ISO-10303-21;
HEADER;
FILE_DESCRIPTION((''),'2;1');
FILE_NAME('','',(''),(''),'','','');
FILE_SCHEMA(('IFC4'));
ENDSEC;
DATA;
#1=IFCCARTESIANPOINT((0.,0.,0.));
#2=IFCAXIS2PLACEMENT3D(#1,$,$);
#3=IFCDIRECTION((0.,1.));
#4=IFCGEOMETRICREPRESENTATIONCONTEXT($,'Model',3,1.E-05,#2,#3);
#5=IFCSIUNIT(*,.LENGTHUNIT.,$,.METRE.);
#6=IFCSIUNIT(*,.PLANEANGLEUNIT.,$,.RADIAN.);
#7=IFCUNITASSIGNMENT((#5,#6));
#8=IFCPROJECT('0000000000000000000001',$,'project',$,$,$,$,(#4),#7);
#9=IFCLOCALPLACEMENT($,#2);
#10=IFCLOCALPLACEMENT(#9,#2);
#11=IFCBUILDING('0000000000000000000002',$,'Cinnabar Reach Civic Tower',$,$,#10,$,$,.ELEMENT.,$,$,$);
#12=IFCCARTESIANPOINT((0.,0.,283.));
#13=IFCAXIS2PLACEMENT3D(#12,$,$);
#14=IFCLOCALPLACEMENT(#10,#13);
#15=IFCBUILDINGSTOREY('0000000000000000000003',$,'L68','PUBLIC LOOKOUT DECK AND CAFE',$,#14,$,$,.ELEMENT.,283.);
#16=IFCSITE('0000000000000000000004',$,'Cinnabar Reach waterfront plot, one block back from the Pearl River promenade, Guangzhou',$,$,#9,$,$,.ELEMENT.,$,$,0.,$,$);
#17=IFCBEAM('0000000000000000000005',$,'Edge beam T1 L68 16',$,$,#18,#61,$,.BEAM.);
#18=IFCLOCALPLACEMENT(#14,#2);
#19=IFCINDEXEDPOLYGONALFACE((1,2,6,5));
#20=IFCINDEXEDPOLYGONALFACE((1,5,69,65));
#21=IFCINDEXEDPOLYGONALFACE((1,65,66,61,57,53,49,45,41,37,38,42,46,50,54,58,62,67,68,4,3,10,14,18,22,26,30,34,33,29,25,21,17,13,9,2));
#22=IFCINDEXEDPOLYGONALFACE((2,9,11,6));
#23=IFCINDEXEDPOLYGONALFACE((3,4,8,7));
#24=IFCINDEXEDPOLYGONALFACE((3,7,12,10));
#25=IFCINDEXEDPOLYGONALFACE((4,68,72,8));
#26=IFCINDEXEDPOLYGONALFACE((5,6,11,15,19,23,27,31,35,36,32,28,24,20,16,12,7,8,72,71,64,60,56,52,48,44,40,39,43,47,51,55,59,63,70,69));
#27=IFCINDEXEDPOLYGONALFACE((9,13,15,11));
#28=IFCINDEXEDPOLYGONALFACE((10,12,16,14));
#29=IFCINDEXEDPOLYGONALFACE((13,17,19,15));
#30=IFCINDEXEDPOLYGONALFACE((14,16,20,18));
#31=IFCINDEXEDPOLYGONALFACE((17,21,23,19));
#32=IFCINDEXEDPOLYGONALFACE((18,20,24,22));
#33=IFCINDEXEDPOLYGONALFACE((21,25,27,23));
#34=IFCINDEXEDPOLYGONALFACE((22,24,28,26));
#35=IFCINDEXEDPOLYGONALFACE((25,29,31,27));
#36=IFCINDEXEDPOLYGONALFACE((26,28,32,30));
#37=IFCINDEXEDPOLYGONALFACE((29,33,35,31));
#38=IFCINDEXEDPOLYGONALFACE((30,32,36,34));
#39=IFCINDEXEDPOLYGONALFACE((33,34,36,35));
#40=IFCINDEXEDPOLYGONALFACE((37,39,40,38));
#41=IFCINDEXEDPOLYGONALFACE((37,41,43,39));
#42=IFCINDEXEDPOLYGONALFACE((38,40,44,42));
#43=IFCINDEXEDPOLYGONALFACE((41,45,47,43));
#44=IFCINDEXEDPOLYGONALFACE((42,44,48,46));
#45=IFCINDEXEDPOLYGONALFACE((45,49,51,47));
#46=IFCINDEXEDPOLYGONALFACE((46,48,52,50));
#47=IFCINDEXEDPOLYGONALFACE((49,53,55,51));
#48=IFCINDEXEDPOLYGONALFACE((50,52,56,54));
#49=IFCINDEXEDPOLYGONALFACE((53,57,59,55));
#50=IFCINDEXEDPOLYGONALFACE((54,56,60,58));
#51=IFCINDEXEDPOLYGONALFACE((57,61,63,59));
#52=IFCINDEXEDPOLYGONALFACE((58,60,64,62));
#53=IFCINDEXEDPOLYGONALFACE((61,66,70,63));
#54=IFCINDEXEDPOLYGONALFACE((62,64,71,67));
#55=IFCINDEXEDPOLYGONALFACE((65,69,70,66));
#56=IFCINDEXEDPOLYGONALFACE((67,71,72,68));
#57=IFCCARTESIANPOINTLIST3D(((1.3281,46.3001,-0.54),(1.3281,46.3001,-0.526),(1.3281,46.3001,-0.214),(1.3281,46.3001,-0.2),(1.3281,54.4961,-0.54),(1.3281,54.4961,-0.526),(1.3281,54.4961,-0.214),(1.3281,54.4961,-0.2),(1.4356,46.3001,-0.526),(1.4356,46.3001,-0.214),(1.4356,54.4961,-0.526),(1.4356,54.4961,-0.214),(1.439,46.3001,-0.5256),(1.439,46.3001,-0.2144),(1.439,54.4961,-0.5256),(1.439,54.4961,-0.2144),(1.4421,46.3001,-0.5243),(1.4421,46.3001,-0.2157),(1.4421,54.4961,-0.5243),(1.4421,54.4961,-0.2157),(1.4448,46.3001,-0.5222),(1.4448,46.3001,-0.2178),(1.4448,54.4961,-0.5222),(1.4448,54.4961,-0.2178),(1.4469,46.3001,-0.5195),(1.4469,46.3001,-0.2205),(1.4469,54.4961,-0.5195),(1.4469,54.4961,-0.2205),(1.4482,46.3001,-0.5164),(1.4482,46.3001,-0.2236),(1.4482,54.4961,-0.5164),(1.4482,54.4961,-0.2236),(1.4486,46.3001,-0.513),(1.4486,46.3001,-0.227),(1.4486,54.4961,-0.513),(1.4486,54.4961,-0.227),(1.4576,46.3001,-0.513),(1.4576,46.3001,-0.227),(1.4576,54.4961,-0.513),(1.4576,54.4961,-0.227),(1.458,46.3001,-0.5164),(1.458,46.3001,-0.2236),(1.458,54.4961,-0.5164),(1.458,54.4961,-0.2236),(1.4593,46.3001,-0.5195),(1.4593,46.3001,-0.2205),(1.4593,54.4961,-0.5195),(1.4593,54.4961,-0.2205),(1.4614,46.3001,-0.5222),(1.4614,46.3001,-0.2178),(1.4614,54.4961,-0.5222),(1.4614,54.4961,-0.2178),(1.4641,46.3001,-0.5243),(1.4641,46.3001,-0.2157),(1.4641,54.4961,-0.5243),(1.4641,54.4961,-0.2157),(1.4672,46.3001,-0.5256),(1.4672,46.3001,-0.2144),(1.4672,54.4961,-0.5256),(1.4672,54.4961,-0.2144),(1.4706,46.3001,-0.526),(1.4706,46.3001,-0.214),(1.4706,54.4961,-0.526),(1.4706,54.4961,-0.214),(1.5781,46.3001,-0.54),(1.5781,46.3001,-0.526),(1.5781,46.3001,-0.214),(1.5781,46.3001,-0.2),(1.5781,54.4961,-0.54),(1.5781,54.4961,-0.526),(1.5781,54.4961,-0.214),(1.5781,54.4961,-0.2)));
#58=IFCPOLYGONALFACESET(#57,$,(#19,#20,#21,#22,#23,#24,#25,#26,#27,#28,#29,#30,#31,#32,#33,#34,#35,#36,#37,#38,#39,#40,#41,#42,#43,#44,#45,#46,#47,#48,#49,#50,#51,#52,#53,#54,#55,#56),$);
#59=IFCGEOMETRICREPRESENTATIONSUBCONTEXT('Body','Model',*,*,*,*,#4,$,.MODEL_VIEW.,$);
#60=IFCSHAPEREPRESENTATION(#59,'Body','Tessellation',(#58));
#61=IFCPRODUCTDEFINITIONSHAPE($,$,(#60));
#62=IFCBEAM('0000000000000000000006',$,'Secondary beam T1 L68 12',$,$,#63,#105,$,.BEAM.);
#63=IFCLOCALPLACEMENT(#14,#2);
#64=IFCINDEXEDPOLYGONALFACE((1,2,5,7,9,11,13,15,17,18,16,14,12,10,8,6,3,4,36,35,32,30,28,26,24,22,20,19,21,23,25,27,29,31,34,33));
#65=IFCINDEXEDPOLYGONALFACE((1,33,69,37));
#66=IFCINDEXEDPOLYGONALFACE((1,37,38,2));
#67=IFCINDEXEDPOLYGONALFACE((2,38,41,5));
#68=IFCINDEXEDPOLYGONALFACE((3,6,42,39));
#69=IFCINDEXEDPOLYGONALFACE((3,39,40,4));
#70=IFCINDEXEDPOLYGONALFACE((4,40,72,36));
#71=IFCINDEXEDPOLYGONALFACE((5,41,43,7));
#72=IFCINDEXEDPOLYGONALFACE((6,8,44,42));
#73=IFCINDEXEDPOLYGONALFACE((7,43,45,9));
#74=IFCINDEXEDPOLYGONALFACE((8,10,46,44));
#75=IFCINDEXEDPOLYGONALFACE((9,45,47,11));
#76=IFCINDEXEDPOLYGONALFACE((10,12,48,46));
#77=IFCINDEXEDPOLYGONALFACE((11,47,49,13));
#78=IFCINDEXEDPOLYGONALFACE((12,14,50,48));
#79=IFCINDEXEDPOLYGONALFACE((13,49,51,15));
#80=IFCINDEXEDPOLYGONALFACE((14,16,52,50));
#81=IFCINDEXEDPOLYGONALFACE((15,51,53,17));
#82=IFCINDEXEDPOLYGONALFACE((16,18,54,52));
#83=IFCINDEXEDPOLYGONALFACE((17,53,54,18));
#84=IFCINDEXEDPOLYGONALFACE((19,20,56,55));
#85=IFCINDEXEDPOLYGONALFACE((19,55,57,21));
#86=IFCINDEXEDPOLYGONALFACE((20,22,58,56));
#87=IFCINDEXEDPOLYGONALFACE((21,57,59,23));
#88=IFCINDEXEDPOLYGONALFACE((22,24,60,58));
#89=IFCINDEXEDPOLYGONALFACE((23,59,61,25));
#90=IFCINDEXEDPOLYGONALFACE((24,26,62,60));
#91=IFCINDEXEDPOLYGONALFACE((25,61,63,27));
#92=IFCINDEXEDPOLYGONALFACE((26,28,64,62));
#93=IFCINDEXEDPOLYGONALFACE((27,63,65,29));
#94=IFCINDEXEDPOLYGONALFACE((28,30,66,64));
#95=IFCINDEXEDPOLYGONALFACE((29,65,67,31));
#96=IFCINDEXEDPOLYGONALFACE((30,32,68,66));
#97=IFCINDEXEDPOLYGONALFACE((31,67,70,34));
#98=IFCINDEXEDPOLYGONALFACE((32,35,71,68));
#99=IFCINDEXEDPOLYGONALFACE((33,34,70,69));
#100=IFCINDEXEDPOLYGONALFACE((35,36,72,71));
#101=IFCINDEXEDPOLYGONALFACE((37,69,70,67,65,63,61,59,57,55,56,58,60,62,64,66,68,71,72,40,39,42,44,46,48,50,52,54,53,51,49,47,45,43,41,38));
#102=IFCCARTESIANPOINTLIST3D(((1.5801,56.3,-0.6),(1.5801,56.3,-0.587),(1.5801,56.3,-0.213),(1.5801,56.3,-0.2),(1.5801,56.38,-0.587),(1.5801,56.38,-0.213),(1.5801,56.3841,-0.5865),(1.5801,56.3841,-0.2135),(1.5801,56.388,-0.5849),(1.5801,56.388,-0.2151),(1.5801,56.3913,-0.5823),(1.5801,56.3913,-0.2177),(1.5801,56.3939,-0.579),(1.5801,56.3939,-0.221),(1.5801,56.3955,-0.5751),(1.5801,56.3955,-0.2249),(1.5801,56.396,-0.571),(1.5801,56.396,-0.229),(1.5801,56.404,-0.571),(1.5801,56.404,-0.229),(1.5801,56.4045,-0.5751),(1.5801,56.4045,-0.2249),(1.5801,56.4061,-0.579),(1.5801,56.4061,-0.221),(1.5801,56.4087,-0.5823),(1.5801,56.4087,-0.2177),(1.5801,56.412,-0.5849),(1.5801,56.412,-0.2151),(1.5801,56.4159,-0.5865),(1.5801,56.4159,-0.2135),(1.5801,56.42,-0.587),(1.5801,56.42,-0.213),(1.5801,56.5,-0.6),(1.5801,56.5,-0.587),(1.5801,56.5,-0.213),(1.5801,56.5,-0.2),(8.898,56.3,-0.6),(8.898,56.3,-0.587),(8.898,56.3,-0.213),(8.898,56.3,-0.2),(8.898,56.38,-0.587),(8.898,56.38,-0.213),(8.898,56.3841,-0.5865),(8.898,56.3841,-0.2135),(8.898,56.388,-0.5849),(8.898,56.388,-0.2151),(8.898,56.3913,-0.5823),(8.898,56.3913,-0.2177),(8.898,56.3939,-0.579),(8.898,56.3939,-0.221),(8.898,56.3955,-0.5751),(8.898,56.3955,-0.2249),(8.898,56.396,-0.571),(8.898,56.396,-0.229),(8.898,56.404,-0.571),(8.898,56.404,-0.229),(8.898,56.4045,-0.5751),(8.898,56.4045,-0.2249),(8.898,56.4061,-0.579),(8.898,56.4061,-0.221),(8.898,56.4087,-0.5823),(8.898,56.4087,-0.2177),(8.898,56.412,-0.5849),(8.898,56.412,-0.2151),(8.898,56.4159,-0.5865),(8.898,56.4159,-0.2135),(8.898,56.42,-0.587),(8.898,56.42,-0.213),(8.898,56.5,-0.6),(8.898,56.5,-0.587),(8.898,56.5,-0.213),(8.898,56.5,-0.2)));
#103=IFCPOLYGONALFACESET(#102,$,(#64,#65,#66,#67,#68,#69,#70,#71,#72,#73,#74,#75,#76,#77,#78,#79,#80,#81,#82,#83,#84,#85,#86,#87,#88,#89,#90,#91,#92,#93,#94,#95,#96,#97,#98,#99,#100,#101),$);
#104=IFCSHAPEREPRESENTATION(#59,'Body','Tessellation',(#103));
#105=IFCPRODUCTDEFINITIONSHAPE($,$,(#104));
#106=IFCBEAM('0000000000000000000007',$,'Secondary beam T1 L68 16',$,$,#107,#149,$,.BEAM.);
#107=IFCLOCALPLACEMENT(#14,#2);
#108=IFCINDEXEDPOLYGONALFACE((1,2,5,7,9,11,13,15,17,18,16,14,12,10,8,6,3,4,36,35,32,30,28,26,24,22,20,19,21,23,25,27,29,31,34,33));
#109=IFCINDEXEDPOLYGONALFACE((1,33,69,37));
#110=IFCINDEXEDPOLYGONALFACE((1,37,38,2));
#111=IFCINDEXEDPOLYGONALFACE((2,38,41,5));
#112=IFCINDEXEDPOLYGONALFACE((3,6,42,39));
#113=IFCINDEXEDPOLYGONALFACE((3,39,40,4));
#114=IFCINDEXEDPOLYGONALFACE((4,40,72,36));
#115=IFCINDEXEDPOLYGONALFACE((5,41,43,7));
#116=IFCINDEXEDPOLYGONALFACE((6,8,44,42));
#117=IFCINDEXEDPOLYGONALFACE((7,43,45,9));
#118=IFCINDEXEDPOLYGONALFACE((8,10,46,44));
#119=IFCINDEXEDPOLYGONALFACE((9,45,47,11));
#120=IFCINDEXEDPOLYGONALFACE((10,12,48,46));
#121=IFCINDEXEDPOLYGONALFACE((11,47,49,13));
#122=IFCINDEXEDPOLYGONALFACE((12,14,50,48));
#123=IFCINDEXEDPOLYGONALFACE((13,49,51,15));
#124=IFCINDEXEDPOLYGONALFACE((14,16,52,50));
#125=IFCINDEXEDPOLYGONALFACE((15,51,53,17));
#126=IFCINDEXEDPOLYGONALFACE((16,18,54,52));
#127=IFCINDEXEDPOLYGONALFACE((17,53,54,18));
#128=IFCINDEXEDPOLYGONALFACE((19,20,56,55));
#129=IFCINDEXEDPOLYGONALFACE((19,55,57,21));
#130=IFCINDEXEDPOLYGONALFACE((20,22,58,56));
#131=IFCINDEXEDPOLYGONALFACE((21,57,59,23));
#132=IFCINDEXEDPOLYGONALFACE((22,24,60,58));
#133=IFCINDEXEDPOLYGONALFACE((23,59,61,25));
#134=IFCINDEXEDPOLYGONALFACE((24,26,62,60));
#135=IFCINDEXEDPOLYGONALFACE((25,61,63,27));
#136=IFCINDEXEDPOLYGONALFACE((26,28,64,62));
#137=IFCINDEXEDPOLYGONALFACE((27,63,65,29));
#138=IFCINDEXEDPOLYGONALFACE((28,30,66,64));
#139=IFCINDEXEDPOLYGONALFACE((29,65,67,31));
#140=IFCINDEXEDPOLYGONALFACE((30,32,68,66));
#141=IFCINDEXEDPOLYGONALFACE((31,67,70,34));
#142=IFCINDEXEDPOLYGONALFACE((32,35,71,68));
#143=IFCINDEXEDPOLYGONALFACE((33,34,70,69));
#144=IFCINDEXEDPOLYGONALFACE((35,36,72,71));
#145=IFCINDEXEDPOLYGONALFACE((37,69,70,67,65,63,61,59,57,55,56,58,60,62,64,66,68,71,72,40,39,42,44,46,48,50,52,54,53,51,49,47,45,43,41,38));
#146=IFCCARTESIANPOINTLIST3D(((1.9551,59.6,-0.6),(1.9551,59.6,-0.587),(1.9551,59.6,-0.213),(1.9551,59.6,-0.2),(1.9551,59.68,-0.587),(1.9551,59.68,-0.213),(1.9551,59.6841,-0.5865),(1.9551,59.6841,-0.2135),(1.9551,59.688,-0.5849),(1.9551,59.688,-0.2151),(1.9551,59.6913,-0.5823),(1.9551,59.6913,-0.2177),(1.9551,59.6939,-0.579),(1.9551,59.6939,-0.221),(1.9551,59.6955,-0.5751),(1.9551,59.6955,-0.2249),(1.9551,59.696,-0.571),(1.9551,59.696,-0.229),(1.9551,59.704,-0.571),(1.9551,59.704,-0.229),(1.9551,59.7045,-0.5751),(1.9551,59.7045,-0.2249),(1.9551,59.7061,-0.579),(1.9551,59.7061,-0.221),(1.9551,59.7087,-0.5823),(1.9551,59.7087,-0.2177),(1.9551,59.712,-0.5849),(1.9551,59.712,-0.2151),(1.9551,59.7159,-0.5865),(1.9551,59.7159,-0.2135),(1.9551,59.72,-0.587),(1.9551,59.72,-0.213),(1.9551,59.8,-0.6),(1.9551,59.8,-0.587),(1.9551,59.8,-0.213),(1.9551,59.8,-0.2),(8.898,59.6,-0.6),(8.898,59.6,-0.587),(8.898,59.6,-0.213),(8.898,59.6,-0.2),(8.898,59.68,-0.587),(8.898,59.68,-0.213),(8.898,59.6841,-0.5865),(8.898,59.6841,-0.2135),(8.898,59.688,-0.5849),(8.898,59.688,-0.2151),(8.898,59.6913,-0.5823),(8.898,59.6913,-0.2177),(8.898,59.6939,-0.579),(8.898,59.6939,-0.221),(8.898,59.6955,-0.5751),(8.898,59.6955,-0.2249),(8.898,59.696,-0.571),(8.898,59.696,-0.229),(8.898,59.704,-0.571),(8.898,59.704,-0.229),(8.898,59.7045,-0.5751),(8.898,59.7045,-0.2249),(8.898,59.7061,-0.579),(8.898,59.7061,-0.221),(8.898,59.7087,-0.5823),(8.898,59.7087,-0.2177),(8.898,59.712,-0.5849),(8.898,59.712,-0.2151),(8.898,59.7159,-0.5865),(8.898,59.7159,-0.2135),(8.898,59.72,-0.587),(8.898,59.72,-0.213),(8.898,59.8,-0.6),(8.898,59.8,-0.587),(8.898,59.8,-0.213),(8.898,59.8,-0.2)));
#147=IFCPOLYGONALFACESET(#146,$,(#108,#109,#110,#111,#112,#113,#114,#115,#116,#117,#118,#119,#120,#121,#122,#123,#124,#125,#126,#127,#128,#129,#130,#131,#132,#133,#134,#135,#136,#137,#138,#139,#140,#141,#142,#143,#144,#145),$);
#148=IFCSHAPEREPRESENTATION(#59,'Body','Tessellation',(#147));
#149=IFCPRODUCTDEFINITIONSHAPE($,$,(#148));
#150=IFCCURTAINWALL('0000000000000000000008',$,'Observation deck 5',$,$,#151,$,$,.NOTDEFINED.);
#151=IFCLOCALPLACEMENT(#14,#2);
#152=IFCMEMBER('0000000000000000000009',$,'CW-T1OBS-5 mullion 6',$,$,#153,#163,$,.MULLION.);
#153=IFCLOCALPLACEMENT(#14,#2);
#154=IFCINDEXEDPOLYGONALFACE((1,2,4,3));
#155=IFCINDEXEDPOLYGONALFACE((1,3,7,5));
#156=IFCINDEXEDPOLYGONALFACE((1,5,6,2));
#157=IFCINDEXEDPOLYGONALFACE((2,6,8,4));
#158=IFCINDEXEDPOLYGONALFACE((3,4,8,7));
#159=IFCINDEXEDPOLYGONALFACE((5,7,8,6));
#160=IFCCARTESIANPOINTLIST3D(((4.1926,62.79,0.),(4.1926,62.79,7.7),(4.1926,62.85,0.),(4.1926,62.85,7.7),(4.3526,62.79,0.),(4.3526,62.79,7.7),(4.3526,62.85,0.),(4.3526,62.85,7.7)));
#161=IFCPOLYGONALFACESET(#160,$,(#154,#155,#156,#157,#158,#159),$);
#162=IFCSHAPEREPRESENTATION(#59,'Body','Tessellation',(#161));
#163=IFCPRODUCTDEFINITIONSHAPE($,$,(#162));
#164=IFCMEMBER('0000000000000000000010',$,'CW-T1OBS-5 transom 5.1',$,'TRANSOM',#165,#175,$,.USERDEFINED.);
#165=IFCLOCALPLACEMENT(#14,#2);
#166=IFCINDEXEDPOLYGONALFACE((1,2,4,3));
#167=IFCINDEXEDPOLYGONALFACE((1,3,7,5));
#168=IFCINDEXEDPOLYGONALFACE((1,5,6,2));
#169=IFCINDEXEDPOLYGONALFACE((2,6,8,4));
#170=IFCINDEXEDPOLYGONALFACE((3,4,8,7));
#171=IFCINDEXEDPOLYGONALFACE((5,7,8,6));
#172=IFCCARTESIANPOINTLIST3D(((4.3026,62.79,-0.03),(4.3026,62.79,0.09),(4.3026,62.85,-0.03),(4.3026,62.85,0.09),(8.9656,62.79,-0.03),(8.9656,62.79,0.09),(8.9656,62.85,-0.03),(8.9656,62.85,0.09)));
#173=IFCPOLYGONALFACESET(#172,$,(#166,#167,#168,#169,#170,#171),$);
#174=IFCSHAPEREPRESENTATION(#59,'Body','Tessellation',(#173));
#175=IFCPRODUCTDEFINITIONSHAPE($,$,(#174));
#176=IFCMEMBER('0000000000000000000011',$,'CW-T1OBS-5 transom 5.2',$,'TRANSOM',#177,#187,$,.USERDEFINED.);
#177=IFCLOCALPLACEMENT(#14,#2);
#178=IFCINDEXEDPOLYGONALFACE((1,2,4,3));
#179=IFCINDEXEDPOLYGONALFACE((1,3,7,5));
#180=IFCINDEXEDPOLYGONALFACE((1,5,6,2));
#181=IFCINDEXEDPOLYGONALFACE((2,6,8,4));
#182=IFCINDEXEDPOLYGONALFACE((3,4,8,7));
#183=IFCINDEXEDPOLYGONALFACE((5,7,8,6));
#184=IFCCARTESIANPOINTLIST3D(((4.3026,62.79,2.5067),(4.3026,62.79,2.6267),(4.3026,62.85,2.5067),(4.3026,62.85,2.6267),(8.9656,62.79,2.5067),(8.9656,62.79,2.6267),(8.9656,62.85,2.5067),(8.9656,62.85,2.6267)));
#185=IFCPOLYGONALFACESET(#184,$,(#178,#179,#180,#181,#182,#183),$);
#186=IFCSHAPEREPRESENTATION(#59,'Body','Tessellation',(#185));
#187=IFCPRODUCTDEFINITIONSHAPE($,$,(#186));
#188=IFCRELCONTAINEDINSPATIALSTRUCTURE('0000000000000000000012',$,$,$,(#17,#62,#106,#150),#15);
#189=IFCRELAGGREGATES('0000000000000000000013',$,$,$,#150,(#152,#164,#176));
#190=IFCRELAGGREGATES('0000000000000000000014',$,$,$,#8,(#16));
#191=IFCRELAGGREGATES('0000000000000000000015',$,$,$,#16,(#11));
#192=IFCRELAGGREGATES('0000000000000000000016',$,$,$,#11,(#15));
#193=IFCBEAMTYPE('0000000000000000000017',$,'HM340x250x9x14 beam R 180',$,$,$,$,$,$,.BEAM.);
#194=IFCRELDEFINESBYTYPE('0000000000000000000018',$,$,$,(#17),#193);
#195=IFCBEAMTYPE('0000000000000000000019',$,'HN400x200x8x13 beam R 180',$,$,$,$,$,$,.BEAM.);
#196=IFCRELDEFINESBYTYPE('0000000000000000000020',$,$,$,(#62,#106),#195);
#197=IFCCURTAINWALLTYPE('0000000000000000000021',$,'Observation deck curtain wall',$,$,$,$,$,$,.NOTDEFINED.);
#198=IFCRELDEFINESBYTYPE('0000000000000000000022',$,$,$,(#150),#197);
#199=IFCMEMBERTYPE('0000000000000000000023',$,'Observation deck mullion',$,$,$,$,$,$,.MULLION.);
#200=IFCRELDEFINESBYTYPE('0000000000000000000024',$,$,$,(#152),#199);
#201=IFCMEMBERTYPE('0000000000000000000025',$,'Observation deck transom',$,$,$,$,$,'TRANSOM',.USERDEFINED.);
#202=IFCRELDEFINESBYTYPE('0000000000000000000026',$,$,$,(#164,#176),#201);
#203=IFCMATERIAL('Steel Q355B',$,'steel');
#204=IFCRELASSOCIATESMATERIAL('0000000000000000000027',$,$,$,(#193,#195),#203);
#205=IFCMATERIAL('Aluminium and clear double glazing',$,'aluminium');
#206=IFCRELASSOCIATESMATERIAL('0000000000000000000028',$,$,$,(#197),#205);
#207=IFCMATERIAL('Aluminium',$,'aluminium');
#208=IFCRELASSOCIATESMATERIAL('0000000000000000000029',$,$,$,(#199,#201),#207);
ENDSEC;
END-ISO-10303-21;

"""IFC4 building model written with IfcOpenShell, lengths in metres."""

from ifc_helpers import new_model, si_unit, direction, frame, origin, origin_2d, place, context, subcontext, project, spatial, rectangle, i_section, extrude, material, material_profile, profile_set, type_object, element, aggregate, save


model = new_model("IFC4")

# Units and contexts
model_context = context("Model", 3, precision=1e-05, world=origin(), true_north=direction((0.0, 1.0)))
body_context = subcontext(model_context, "Body", "Model", "MODEL_VIEW")
ifc_project = project(units=[si_unit("LENGTHUNIT", "METRE"), si_unit("PLANEANGLEUNIT", "RADIAN")], contexts=[model_context])

# Site, building, storey
site_placement = place(None, origin())
site = spatial("IfcSite", under=ifc_project, at=site_placement, Name="Cinnabar Reach waterfront plot, one block back from the Pearl River promenade, Guangzhou", CompositionType="ELEMENT", RefElevation=0.0)
building_placement = place(site_placement, origin())
building = spatial("IfcBuilding", under=site, at=building_placement, Name="Cinnabar Reach Civic Tower", CompositionType="ELEMENT")
storey_placement = place(building_placement, frame((0.0, 0.0, 283.0)))
storey = spatial("IfcBuildingStorey", under=building, at=storey_placement, Name="L68", Description="PUBLIC LOOKOUT DECK AND CAFE", CompositionType="ELEMENT", Elevation=283.0)

# Beams
ifc_material_1 = material(Name="Steel Q355B", Category="steel")
ifc_material_profile_1 = material_profile(ifc_material_1, i_section(OverallWidth=0.25, OverallDepth=0.34, WebThickness=0.009, FlangeThickness=0.014, FilletRadius=0.013, at=origin_2d()), Name="HM340x250x9x14")
ifc_profile_set_1 = profile_set([ifc_material_profile_1], Name="Steel Q355B")
beam_type_1 = type_object("IfcBeamType", Name="HM340x250x9x14 beam R 180", PredefinedType="BEAM", material=ifc_profile_set_1)
beam_1_placement = place(storey_placement, frame((1.4531, 54.4961, -0.37), z_axis=(0.0, -1.0, 0.0), x_axis=(1.0, 0.0, 0.0)))
element("IfcBeam", 1, at=beam_1_placement, inside=storey, type_object=beam_type_1, Name="Edge beam T1 L68 16", PredefinedType="BEAM", context=body_context, shape_type="SweptSolid", body=[
    extrude(i_section(OverallWidth=0.25, OverallDepth=0.34, WebThickness=0.009, FlangeThickness=0.014, FilletRadius=0.013, at=origin_2d()), origin(), (0.0, 0.0, 1.0), 8.196),
])
ifc_material_profile_2 = material_profile(ifc_material_1, i_section(OverallWidth=0.2, OverallDepth=0.4, WebThickness=0.008, FlangeThickness=0.013, FilletRadius=0.016, at=origin_2d()), Name="HN400x200x8x13")
ifc_profile_set_2 = profile_set([ifc_material_profile_2], Name="Steel Q355B")
beam_type_2 = type_object("IfcBeamType", Name="HN400x200x8x13 beam R 180", PredefinedType="BEAM", material=ifc_profile_set_2)
beam_2_placement = place(storey_placement, frame((1.5801, 56.4, -0.4), z_axis=(1.0, 0.0, 0.0), x_axis=(0.0, 1.0, 0.0)))
element("IfcBeam", 2, at=beam_2_placement, inside=storey, type_object=beam_type_2, Name="Secondary beam T1 L68 12", PredefinedType="BEAM", context=body_context, shape_type="SweptSolid", body=[
    extrude(i_section(OverallWidth=0.2, OverallDepth=0.4, WebThickness=0.008, FlangeThickness=0.013, FilletRadius=0.016, at=origin_2d()), origin(), (0.0, 0.0, 1.0), 7.3179),
])
beam_3_placement = place(storey_placement, frame((1.9551, 59.7, -0.4), z_axis=(1.0, 0.0, 0.0), x_axis=(0.0, 1.0, 0.0)))
element("IfcBeam", 3, at=beam_3_placement, inside=storey, type_object=beam_type_2, Name="Secondary beam T1 L68 16", PredefinedType="BEAM", context=body_context, shape_type="SweptSolid", body=[
    extrude(i_section(OverallWidth=0.2, OverallDepth=0.4, WebThickness=0.008, FlangeThickness=0.013, FilletRadius=0.016, at=origin_2d()), origin(), (0.0, 0.0, 1.0), 6.9429),
])

# Curtain wall, members
ifc_material_2 = material(Name="Aluminium and clear double glazing", Category="aluminium")
curtain_wall_type = type_object("IfcCurtainWallType", Name="Observation deck curtain wall", PredefinedType="NOTDEFINED", material=ifc_material_2)
curtain_wall_placement = place(storey_placement, origin())
curtain_wall = element("IfcCurtainWall", 4, at=curtain_wall_placement, inside=storey, type_object=curtain_wall_type, Name="Observation deck 5", PredefinedType="NOTDEFINED")
ifc_material_3 = material(Name="Aluminium", Category="aluminium")
ifc_material_profile_3 = material_profile(ifc_material_3, rectangle(XDim=0.06, YDim=0.16, at=origin_2d()), Name="Observation deck mullion")
ifc_profile_set_3 = profile_set([ifc_material_profile_3], Name="Aluminium")
member_type_1 = type_object("IfcMemberType", Name="Observation deck mullion", PredefinedType="MULLION", material=ifc_profile_set_3)
member_1_placement = place(storey_placement, frame((4.2726, 62.82, 0.0), z_axis=(0.0, 0.0, 1.0), x_axis=(0.0, -1.0, 0.0)))
member_1 = element("IfcMember", 5, at=member_1_placement, type_object=member_type_1, Name="CW-T1OBS-5 mullion 6", PredefinedType="MULLION", context=body_context, shape_type="SweptSolid", body=[
    extrude(rectangle(XDim=0.06, YDim=0.16, at=origin_2d()), origin(), (0.0, 0.0, 1.0), 7.7),
])
ifc_material_profile_4 = material_profile(ifc_material_3, rectangle(XDim=0.06, YDim=0.12, at=origin_2d()), Name="Observation deck transom")
ifc_profile_set_4 = profile_set([ifc_material_profile_4], Name="Aluminium")
member_type_2 = type_object("IfcMemberType", Name="Observation deck transom", ElementType="TRANSOM", PredefinedType="USERDEFINED", material=ifc_profile_set_4)
member_2_placement = place(storey_placement, frame((8.9656, 62.82, 0.03), z_axis=(-1.0, 0.0, 0.0), x_axis=(0.0, -1.0, 0.0)))
member_2 = element("IfcMember", 6, at=member_2_placement, type_object=member_type_2, Name="CW-T1OBS-5 transom 5.1", ObjectType="TRANSOM", PredefinedType="USERDEFINED", context=body_context, shape_type="SweptSolid", body=[
    extrude(rectangle(XDim=0.06, YDim=0.12, at=origin_2d()), origin(), (0.0, 0.0, 1.0), 4.663),
])
member_3_placement = place(storey_placement, frame((8.9656, 62.82, 2.5667), z_axis=(-1.0, 0.0, 0.0), x_axis=(0.0, -1.0, 0.0)))
member_3 = element("IfcMember", 7, at=member_3_placement, type_object=member_type_2, Name="CW-T1OBS-5 transom 5.2", ObjectType="TRANSOM", PredefinedType="USERDEFINED", context=body_context, shape_type="SweptSolid", body=[
    extrude(rectangle(XDim=0.06, YDim=0.12, at=origin_2d()), origin(), (0.0, 0.0, 1.0), 4.663),
])
aggregate(curtain_wall, [member_1, member_2, member_3])

save(model, "model.ifc")
